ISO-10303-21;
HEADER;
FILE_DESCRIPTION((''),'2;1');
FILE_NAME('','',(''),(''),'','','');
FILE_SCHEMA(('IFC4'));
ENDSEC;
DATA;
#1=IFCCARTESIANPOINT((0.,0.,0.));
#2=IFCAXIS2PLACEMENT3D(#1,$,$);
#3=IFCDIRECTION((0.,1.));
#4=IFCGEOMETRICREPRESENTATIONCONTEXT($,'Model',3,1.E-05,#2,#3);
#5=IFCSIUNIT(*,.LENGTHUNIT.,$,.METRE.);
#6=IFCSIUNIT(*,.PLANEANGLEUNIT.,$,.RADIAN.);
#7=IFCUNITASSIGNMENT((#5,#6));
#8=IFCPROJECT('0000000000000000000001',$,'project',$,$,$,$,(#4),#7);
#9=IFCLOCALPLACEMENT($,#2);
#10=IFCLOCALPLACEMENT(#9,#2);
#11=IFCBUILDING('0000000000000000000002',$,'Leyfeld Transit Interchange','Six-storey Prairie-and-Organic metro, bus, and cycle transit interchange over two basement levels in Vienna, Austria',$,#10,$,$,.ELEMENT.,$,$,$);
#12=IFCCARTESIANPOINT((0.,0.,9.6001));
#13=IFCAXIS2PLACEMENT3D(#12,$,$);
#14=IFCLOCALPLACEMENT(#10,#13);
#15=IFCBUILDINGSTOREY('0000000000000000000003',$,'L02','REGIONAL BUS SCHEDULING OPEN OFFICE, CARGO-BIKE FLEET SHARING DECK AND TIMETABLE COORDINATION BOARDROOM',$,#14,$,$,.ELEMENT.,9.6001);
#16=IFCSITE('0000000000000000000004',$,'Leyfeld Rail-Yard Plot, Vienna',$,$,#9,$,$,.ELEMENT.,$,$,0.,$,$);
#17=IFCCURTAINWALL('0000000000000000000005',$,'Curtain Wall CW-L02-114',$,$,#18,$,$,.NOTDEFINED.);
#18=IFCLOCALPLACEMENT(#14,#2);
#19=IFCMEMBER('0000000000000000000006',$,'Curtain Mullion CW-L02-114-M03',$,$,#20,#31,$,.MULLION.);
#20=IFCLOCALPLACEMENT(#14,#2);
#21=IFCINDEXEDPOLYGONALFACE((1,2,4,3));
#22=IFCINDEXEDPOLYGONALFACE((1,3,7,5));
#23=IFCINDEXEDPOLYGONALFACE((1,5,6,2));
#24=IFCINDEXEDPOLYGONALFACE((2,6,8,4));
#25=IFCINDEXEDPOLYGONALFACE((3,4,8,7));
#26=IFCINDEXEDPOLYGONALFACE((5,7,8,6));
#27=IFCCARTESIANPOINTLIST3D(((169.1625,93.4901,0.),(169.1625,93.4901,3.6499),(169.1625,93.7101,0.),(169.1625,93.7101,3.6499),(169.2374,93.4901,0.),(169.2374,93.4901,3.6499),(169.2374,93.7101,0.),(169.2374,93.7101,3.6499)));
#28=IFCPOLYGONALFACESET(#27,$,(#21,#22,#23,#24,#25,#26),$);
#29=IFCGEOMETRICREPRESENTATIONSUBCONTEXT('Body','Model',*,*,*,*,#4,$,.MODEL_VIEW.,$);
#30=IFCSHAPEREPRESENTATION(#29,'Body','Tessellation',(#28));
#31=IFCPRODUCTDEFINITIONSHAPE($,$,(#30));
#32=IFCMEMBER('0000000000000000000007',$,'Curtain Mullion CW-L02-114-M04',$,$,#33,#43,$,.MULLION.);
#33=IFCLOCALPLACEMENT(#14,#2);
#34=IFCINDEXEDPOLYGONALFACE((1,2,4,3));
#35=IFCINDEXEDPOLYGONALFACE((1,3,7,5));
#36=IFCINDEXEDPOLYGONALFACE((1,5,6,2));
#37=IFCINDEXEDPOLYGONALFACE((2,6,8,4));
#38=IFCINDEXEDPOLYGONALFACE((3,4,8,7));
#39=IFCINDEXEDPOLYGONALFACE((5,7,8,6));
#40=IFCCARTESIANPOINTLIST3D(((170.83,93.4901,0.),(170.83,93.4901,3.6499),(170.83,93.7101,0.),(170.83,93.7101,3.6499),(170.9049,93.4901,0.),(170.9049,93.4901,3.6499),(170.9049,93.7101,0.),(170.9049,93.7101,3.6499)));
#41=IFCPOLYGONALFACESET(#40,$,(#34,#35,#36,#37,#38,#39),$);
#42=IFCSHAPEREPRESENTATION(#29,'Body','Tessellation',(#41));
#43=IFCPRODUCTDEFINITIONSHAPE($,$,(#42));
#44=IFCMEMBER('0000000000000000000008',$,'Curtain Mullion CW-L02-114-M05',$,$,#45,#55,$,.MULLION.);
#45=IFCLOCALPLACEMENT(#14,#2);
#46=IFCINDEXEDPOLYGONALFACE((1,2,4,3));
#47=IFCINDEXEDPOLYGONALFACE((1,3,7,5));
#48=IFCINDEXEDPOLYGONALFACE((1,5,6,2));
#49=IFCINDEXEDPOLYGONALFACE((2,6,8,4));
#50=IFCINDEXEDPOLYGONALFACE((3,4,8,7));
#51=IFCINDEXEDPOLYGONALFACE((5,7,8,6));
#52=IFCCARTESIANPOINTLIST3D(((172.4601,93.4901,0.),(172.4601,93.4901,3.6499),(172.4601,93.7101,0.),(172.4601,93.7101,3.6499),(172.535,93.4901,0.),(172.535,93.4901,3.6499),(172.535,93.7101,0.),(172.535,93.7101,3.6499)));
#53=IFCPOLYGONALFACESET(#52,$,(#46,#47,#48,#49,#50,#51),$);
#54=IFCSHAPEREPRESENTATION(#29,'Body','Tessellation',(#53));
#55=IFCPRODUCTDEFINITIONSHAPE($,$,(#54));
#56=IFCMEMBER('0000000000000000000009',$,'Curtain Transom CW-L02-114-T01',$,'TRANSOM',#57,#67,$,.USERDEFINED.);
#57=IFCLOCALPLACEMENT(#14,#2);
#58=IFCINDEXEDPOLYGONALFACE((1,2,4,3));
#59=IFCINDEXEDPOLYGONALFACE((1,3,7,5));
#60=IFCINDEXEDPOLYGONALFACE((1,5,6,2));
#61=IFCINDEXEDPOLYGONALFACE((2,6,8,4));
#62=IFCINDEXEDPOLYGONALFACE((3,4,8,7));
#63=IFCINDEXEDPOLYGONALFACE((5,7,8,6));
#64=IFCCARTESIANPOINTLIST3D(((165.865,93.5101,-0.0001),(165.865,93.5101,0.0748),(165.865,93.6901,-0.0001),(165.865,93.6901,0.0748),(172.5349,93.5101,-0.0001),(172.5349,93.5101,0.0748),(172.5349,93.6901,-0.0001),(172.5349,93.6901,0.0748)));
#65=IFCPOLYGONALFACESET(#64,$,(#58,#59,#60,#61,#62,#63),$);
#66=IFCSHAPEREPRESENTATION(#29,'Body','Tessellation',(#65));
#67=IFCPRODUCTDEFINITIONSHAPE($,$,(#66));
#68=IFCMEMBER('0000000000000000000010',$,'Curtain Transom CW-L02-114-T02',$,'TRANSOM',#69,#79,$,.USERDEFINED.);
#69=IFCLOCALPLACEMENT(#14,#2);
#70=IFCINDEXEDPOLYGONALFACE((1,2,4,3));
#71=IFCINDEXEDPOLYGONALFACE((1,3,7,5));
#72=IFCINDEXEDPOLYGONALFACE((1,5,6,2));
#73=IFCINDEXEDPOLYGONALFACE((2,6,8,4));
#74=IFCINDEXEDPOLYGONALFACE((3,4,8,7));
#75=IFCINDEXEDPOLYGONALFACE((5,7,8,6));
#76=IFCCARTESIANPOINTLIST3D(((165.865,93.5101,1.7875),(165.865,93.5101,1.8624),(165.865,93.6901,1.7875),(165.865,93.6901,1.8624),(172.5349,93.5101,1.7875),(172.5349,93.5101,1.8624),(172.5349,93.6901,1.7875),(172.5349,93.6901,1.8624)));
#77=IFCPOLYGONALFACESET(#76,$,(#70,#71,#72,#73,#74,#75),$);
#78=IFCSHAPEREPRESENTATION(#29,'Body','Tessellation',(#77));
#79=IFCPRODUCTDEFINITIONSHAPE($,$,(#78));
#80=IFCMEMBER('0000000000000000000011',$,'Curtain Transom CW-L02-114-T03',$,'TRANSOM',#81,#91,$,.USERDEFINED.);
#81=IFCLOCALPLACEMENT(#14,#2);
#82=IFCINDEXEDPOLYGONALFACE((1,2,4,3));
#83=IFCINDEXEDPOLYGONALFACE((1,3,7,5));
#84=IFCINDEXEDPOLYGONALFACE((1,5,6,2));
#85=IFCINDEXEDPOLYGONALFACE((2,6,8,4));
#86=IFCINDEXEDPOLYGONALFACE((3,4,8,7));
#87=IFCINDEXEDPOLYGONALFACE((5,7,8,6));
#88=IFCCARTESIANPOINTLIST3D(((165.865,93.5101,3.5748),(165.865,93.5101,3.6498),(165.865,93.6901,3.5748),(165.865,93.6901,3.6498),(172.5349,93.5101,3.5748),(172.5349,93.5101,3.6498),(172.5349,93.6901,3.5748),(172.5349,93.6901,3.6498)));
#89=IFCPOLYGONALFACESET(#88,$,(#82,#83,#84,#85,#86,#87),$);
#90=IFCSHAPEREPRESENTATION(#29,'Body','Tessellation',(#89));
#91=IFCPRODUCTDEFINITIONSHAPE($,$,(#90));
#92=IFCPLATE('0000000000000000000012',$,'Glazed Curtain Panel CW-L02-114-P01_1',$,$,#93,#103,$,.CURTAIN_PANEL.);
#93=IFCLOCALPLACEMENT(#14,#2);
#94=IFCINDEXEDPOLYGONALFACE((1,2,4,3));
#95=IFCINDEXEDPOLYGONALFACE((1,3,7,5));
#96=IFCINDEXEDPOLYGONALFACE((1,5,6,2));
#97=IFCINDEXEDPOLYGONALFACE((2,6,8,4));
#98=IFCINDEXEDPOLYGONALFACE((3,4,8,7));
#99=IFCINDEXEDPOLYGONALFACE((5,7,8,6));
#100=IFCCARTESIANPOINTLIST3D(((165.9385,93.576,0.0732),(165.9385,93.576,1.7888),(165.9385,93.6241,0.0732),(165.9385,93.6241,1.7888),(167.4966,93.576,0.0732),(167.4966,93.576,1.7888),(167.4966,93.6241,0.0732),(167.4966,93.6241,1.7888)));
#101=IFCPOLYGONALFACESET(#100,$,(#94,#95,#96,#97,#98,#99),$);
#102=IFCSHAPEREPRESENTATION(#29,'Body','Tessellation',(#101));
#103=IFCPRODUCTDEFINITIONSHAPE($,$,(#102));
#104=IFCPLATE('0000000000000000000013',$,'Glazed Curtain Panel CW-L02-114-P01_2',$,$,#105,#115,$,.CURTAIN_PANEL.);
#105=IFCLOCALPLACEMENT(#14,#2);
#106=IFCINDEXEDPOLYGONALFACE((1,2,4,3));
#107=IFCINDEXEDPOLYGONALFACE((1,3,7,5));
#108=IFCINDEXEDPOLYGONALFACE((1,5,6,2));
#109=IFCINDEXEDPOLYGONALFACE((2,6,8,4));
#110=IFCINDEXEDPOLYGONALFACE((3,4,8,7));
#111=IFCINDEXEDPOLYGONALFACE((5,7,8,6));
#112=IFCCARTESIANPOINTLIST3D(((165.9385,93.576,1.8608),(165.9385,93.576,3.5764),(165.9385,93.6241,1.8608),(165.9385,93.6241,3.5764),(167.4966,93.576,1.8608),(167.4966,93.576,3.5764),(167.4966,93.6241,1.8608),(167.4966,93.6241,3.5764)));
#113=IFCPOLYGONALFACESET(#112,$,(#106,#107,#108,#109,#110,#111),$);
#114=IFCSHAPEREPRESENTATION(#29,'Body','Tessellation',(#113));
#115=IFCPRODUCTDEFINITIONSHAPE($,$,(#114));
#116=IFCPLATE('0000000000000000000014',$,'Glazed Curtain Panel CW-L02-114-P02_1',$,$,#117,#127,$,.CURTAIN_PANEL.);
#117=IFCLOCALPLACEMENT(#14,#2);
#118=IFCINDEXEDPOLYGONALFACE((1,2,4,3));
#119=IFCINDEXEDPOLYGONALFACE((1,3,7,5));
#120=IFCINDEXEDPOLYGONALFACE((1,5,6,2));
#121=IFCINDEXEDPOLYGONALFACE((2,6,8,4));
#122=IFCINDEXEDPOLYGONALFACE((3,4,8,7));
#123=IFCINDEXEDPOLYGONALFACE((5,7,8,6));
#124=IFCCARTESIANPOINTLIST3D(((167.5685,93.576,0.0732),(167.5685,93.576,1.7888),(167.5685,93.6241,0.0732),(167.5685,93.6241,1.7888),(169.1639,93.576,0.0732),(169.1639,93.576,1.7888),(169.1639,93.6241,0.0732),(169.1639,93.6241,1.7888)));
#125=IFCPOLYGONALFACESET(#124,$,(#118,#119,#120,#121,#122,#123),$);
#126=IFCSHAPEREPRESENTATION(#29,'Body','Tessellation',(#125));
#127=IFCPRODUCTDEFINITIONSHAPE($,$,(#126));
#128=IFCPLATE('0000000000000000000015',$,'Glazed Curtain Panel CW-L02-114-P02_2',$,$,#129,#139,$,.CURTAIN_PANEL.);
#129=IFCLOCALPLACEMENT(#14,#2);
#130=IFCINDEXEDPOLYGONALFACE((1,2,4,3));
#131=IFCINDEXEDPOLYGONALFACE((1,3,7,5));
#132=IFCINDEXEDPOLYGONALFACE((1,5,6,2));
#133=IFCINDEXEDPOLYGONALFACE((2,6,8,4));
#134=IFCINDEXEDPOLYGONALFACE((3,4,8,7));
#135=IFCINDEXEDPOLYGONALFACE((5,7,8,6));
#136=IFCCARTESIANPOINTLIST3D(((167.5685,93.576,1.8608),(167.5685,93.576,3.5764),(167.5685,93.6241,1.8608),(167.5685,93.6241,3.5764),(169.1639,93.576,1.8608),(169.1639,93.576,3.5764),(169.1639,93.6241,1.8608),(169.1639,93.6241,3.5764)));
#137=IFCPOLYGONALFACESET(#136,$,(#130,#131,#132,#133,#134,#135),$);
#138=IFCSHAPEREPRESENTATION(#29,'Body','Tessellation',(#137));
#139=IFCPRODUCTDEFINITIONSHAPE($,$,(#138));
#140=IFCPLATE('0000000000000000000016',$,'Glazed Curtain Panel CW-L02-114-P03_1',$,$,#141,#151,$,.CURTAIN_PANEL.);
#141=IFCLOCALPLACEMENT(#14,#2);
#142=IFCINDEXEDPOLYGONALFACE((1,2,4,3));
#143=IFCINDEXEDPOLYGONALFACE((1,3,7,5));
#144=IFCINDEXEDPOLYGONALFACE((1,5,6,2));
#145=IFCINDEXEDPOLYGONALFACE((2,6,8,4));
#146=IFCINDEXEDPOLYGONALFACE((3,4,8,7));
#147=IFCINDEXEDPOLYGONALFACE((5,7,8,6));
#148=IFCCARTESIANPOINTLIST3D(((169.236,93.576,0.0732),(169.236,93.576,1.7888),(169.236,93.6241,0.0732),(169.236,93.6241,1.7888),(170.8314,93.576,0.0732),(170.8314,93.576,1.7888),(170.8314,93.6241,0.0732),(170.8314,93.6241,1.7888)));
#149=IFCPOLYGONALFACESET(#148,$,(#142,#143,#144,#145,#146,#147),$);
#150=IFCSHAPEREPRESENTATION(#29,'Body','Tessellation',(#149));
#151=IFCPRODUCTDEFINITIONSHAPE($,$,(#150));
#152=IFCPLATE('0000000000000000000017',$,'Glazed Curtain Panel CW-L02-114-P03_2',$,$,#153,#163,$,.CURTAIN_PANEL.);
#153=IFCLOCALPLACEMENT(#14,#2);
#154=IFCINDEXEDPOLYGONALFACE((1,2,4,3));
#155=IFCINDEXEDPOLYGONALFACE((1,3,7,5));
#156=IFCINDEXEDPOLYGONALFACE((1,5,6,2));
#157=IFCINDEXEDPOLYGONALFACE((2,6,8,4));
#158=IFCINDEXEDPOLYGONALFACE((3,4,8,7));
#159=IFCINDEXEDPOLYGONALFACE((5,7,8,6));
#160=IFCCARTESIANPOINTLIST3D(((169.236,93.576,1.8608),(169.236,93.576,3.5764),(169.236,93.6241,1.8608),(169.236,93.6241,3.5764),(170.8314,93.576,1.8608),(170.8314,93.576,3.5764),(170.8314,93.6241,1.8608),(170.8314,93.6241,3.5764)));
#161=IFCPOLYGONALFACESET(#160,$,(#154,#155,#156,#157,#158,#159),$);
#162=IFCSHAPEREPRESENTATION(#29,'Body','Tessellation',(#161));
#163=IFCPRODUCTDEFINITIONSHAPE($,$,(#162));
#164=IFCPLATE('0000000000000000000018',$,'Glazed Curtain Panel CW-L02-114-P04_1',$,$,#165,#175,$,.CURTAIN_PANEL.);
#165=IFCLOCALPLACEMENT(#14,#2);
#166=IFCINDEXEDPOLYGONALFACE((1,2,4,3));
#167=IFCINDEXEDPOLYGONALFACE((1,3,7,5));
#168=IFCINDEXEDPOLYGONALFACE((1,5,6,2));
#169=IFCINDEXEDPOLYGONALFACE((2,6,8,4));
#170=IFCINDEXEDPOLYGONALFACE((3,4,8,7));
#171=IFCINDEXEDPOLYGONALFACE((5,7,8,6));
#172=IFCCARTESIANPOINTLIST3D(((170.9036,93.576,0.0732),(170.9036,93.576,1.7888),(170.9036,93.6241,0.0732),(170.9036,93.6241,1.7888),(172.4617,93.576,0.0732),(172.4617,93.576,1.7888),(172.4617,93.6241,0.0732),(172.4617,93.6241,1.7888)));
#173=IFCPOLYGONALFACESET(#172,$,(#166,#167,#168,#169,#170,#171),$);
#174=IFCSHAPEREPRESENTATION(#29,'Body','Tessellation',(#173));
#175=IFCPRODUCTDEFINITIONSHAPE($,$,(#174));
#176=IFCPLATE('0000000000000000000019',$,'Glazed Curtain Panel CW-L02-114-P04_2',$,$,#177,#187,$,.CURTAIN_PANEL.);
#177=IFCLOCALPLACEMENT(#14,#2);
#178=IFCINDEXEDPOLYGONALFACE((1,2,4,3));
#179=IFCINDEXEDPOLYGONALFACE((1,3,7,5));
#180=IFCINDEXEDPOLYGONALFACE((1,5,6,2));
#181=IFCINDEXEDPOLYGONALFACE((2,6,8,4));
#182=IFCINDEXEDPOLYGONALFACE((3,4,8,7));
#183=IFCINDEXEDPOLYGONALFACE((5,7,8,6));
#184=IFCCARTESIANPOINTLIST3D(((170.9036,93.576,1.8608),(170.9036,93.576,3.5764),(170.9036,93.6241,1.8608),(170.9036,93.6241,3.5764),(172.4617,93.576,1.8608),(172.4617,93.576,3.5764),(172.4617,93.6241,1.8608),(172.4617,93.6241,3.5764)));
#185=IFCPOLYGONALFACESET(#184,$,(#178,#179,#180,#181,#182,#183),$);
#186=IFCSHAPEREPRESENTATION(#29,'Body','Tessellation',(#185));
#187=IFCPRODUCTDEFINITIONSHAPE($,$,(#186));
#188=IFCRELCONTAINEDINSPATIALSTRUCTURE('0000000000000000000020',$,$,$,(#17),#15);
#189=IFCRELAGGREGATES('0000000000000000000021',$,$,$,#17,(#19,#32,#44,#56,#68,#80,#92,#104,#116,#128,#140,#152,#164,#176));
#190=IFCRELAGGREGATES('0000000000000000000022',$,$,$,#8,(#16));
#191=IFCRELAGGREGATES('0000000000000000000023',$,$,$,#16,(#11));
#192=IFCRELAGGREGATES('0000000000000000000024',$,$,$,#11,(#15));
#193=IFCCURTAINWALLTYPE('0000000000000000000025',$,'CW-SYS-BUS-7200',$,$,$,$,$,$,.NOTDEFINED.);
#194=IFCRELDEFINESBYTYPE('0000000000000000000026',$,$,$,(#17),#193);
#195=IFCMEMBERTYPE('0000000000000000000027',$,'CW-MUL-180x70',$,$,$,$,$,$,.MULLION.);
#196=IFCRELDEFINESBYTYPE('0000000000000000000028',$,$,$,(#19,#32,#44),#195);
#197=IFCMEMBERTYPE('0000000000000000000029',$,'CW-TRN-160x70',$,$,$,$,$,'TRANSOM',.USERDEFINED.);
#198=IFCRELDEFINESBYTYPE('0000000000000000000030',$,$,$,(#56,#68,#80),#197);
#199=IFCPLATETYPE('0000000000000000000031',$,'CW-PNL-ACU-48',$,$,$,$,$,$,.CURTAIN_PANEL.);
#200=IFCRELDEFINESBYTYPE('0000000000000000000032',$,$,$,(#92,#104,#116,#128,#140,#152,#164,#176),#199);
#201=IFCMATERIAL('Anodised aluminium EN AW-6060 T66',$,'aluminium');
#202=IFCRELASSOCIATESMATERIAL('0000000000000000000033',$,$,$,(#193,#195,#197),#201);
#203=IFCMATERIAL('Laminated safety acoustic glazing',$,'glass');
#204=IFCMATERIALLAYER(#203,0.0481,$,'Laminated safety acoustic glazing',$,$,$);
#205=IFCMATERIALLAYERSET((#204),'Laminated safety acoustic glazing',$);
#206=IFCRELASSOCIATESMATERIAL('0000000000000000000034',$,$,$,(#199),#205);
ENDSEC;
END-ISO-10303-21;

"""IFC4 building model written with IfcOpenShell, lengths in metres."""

from ifc_helpers import new_model, si_unit, direction, frame, origin, origin_2d, place, context, subcontext, project, spatial, rectangle, extrude, material, layer, layer_set, material_profile, profile_set, type_object, element, aggregate, save


model = new_model("IFC4")

# Units and contexts
model_context = context("Model", 3, precision=1e-05, world=origin(), true_north=direction((0.0, 1.0)))
body_context = subcontext(model_context, "Body", "Model", "MODEL_VIEW")
ifc_project = project(units=[si_unit("LENGTHUNIT", "METRE"), si_unit("PLANEANGLEUNIT", "RADIAN")], contexts=[model_context])

# Site, building, storey
site_placement = place(None, origin())
site = spatial("IfcSite", under=ifc_project, at=site_placement, Name="Leyfeld Rail-Yard Plot, Vienna", CompositionType="ELEMENT", RefElevation=0.0)
building_placement = place(site_placement, origin())
building = spatial("IfcBuilding", under=site, at=building_placement, Name="Leyfeld Transit Interchange", Description="Six-storey Prairie-and-Organic metro, bus, and cycle transit interchange over two basement levels in Vienna, Austria", CompositionType="ELEMENT")
storey_placement = place(building_placement, frame((0.0, 0.0, 9.6001)))
storey = spatial("IfcBuildingStorey", under=building, at=storey_placement, Name="L02", Description="REGIONAL BUS SCHEDULING OPEN OFFICE, CARGO-BIKE FLEET SHARING DECK AND TIMETABLE COORDINATION BOARDROOM", CompositionType="ELEMENT", Elevation=9.6001)

# Curtain wall, members, plates
ifc_material_1 = material(Name="Anodised aluminium EN AW-6060 T66", Category="aluminium")
curtain_wall_type = type_object("IfcCurtainWallType", Name="CW-SYS-BUS-7200", PredefinedType="NOTDEFINED", material=ifc_material_1)
curtain_wall_placement = place(storey_placement, origin())
curtain_wall = element("IfcCurtainWall", 1, at=curtain_wall_placement, inside=storey, type_object=curtain_wall_type, Name="Curtain Wall CW-L02-114", PredefinedType="NOTDEFINED")
ifc_material_profile_1 = material_profile(ifc_material_1, rectangle(XDim=0.075, YDim=0.22, at=origin_2d()), Name="CW-M 75x220")
ifc_profile_set_1 = profile_set([ifc_material_profile_1], Name="Anodised aluminium EN AW-6060 T66")
member_type_1 = type_object("IfcMemberType", Name="CW-MUL-180x70", PredefinedType="MULLION", material=ifc_profile_set_1)
member_1_placement = place(storey_placement, frame((169.2, 93.6001, 0.0), z_axis=(0.0, 0.0, 1.0), x_axis=(1.0, 0.0, 0.0)))
member_1 = element("IfcMember", 2, at=member_1_placement, type_object=member_type_1, Name="Curtain Mullion CW-L02-114-M03", PredefinedType="MULLION", context=body_context, shape_type="SweptSolid", body=[
    extrude(rectangle(XDim=0.075, YDim=0.22, at=origin_2d()), origin(), (0.0, 0.0, 1.0), 3.6499),
])
member_2_placement = place(storey_placement, frame((170.8674, 93.6001, 0.0), z_axis=(0.0, 0.0, 1.0), x_axis=(1.0, 0.0, 0.0)))
member_2 = element("IfcMember", 3, at=member_2_placement, type_object=member_type_1, Name="Curtain Mullion CW-L02-114-M04", PredefinedType="MULLION", context=body_context, shape_type="SweptSolid", body=[
    extrude(rectangle(XDim=0.075, YDim=0.22, at=origin_2d()), origin(), (0.0, 0.0, 1.0), 3.6499),
])
member_3_placement = place(storey_placement, frame((172.4976, 93.6001, 0.0), z_axis=(0.0, 0.0, 1.0), x_axis=(1.0, 0.0, 0.0)))
member_3 = element("IfcMember", 4, at=member_3_placement, type_object=member_type_1, Name="Curtain Mullion CW-L02-114-M05", PredefinedType="MULLION", context=body_context, shape_type="SweptSolid", body=[
    extrude(rectangle(XDim=0.075, YDim=0.22, at=origin_2d()), origin(), (0.0, 0.0, 1.0), 3.6499),
])
ifc_material_profile_2 = material_profile(ifc_material_1, rectangle(XDim=0.1799, YDim=0.075, at=origin_2d()), Name="CW-TRN-160x70")
ifc_profile_set_2 = profile_set([ifc_material_profile_2], Name="Anodised aluminium EN AW-6060 T66")
member_type_2 = type_object("IfcMemberType", Name="CW-TRN-160x70", ElementType="TRANSOM", PredefinedType="USERDEFINED", material=ifc_profile_set_2)
member_4_placement = place(storey_placement, frame((165.865, 93.6001, 0.0374), z_axis=(1.0, 0.0, 0.0), x_axis=(0.0, 1.0, 0.0)))
member_4 = element("IfcMember", 5, at=member_4_placement, type_object=member_type_2, Name="Curtain Transom CW-L02-114-T01", ObjectType="TRANSOM", PredefinedType="USERDEFINED", context=body_context, shape_type="SweptSolid", body=[
    extrude(rectangle(XDim=0.1799, YDim=0.075, at=origin_2d()), origin(), (0.0, 0.0, 1.0), 6.6699),
])
member_5_placement = place(storey_placement, frame((165.865, 93.6001, 1.825), z_axis=(1.0, 0.0, 0.0), x_axis=(0.0, 1.0, 0.0)))
member_5 = element("IfcMember", 6, at=member_5_placement, type_object=member_type_2, Name="Curtain Transom CW-L02-114-T02", ObjectType="TRANSOM", PredefinedType="USERDEFINED", context=body_context, shape_type="SweptSolid", body=[
    extrude(rectangle(XDim=0.1799, YDim=0.075, at=origin_2d()), origin(), (0.0, 0.0, 1.0), 6.6699),
])
member_6_placement = place(storey_placement, frame((165.865, 93.6001, 3.6123), z_axis=(1.0, 0.0, 0.0), x_axis=(0.0, 1.0, 0.0)))
member_6 = element("IfcMember", 7, at=member_6_placement, type_object=member_type_2, Name="Curtain Transom CW-L02-114-T03", ObjectType="TRANSOM", PredefinedType="USERDEFINED", context=body_context, shape_type="SweptSolid", body=[
    extrude(rectangle(XDim=0.1799, YDim=0.075, at=origin_2d()), origin(), (0.0, 0.0, 1.0), 6.6699),
])
ifc_material_2 = material(Name="Laminated safety acoustic glazing", Category="glass")
ifc_layer_1 = layer(ifc_material_2, 0.0481, Name="Laminated safety acoustic glazing")
ifc_layer_set_1 = layer_set([ifc_layer_1], Name="Laminated safety acoustic glazing")
plate_type = type_object("IfcPlateType", Name="CW-PNL-ACU-48", PredefinedType="CURTAIN_PANEL", material=ifc_layer_set_1)
plate_1_placement = place(storey_placement, frame((166.7175, 93.6001, 0.0732), z_axis=(0.0, 0.0, 1.0), x_axis=(1.0, 0.0, 0.0)))
plate_1 = element("IfcPlate", 8, at=plate_1_placement, type_object=plate_type, Name="Glazed Curtain Panel CW-L02-114-P01_1", PredefinedType="CURTAIN_PANEL", context=body_context, shape_type="SweptSolid", body=[
    extrude(rectangle(XDim=1.5581, YDim=0.0481, at=origin_2d()), origin(), (0.0, 0.0, 1.0), 1.7156),
])
plate_2_placement = place(storey_placement, frame((166.7175, 93.6001, 1.8608), z_axis=(0.0, 0.0, 1.0), x_axis=(1.0, 0.0, 0.0)))
plate_2 = element("IfcPlate", 9, at=plate_2_placement, type_object=plate_type, Name="Glazed Curtain Panel CW-L02-114-P01_2", PredefinedType="CURTAIN_PANEL", context=body_context, shape_type="SweptSolid", body=[
    extrude(rectangle(XDim=1.5581, YDim=0.0481, at=origin_2d()), origin(), (0.0, 0.0, 1.0), 1.7156),
])
plate_3_placement = place(storey_placement, frame((168.3662, 93.6001, 0.0732), z_axis=(0.0, 0.0, 1.0), x_axis=(1.0, 0.0, 0.0)))
plate_3 = element("IfcPlate", 10, at=plate_3_placement, type_object=plate_type, Name="Glazed Curtain Panel CW-L02-114-P02_1", PredefinedType="CURTAIN_PANEL", context=body_context, shape_type="SweptSolid", body=[
    extrude(rectangle(XDim=1.5955, YDim=0.0481, at=origin_2d()), origin(), (0.0, 0.0, 1.0), 1.7156),
])
plate_4_placement = place(storey_placement, frame((168.3662, 93.6001, 1.8608), z_axis=(0.0, 0.0, 1.0), x_axis=(1.0, 0.0, 0.0)))
plate_4 = element("IfcPlate", 11, at=plate_4_placement, type_object=plate_type, Name="Glazed Curtain Panel CW-L02-114-P02_2", PredefinedType="CURTAIN_PANEL", context=body_context, shape_type="SweptSolid", body=[
    extrude(rectangle(XDim=1.5955, YDim=0.0481, at=origin_2d()), origin(), (0.0, 0.0, 1.0), 1.7156),
])
plate_5_placement = place(storey_placement, frame((170.0337, 93.6001, 0.0732), z_axis=(0.0, 0.0, 1.0), x_axis=(1.0, 0.0, 0.0)))
plate_5 = element("IfcPlate", 12, at=plate_5_placement, type_object=plate_type, Name="Glazed Curtain Panel CW-L02-114-P03_1", PredefinedType="CURTAIN_PANEL", context=body_context, shape_type="SweptSolid", body=[
    extrude(rectangle(XDim=1.5955, YDim=0.0481, at=origin_2d()), origin(), (0.0, 0.0, 1.0), 1.7156),
])
plate_6_placement = place(storey_placement, frame((170.0337, 93.6001, 1.8608), z_axis=(0.0, 0.0, 1.0), x_axis=(1.0, 0.0, 0.0)))
plate_6 = element("IfcPlate", 13, at=plate_6_placement, type_object=plate_type, Name="Glazed Curtain Panel CW-L02-114-P03_2", PredefinedType="CURTAIN_PANEL", context=body_context, shape_type="SweptSolid", body=[
    extrude(rectangle(XDim=1.5955, YDim=0.0481, at=origin_2d()), origin(), (0.0, 0.0, 1.0), 1.7156),
])
plate_7_placement = place(storey_placement, frame((171.6826, 93.6001, 0.0732), z_axis=(0.0, 0.0, 1.0), x_axis=(1.0, 0.0, 0.0)))
plate_7 = element("IfcPlate", 14, at=plate_7_placement, type_object=plate_type, Name="Glazed Curtain Panel CW-L02-114-P04_1", PredefinedType="CURTAIN_PANEL", context=body_context, shape_type="SweptSolid", body=[
    extrude(rectangle(XDim=1.5581, YDim=0.0481, at=origin_2d()), origin(), (0.0, 0.0, 1.0), 1.7156),
])
plate_8_placement = place(storey_placement, frame((171.6826, 93.6001, 1.8608), z_axis=(0.0, 0.0, 1.0), x_axis=(1.0, 0.0, 0.0)))
plate_8 = element("IfcPlate", 15, at=plate_8_placement, type_object=plate_type, Name="Glazed Curtain Panel CW-L02-114-P04_2", PredefinedType="CURTAIN_PANEL", context=body_context, shape_type="SweptSolid", body=[
    extrude(rectangle(XDim=1.5581, YDim=0.0481, at=origin_2d()), origin(), (0.0, 0.0, 1.0), 1.7156),
])
aggregate(curtain_wall, [member_1, member_2, member_3, member_4, member_5, member_6, plate_1, plate_2, plate_3, plate_4, plate_5, plate_6, plate_7, plate_8])

save(model, "model.ifc")
